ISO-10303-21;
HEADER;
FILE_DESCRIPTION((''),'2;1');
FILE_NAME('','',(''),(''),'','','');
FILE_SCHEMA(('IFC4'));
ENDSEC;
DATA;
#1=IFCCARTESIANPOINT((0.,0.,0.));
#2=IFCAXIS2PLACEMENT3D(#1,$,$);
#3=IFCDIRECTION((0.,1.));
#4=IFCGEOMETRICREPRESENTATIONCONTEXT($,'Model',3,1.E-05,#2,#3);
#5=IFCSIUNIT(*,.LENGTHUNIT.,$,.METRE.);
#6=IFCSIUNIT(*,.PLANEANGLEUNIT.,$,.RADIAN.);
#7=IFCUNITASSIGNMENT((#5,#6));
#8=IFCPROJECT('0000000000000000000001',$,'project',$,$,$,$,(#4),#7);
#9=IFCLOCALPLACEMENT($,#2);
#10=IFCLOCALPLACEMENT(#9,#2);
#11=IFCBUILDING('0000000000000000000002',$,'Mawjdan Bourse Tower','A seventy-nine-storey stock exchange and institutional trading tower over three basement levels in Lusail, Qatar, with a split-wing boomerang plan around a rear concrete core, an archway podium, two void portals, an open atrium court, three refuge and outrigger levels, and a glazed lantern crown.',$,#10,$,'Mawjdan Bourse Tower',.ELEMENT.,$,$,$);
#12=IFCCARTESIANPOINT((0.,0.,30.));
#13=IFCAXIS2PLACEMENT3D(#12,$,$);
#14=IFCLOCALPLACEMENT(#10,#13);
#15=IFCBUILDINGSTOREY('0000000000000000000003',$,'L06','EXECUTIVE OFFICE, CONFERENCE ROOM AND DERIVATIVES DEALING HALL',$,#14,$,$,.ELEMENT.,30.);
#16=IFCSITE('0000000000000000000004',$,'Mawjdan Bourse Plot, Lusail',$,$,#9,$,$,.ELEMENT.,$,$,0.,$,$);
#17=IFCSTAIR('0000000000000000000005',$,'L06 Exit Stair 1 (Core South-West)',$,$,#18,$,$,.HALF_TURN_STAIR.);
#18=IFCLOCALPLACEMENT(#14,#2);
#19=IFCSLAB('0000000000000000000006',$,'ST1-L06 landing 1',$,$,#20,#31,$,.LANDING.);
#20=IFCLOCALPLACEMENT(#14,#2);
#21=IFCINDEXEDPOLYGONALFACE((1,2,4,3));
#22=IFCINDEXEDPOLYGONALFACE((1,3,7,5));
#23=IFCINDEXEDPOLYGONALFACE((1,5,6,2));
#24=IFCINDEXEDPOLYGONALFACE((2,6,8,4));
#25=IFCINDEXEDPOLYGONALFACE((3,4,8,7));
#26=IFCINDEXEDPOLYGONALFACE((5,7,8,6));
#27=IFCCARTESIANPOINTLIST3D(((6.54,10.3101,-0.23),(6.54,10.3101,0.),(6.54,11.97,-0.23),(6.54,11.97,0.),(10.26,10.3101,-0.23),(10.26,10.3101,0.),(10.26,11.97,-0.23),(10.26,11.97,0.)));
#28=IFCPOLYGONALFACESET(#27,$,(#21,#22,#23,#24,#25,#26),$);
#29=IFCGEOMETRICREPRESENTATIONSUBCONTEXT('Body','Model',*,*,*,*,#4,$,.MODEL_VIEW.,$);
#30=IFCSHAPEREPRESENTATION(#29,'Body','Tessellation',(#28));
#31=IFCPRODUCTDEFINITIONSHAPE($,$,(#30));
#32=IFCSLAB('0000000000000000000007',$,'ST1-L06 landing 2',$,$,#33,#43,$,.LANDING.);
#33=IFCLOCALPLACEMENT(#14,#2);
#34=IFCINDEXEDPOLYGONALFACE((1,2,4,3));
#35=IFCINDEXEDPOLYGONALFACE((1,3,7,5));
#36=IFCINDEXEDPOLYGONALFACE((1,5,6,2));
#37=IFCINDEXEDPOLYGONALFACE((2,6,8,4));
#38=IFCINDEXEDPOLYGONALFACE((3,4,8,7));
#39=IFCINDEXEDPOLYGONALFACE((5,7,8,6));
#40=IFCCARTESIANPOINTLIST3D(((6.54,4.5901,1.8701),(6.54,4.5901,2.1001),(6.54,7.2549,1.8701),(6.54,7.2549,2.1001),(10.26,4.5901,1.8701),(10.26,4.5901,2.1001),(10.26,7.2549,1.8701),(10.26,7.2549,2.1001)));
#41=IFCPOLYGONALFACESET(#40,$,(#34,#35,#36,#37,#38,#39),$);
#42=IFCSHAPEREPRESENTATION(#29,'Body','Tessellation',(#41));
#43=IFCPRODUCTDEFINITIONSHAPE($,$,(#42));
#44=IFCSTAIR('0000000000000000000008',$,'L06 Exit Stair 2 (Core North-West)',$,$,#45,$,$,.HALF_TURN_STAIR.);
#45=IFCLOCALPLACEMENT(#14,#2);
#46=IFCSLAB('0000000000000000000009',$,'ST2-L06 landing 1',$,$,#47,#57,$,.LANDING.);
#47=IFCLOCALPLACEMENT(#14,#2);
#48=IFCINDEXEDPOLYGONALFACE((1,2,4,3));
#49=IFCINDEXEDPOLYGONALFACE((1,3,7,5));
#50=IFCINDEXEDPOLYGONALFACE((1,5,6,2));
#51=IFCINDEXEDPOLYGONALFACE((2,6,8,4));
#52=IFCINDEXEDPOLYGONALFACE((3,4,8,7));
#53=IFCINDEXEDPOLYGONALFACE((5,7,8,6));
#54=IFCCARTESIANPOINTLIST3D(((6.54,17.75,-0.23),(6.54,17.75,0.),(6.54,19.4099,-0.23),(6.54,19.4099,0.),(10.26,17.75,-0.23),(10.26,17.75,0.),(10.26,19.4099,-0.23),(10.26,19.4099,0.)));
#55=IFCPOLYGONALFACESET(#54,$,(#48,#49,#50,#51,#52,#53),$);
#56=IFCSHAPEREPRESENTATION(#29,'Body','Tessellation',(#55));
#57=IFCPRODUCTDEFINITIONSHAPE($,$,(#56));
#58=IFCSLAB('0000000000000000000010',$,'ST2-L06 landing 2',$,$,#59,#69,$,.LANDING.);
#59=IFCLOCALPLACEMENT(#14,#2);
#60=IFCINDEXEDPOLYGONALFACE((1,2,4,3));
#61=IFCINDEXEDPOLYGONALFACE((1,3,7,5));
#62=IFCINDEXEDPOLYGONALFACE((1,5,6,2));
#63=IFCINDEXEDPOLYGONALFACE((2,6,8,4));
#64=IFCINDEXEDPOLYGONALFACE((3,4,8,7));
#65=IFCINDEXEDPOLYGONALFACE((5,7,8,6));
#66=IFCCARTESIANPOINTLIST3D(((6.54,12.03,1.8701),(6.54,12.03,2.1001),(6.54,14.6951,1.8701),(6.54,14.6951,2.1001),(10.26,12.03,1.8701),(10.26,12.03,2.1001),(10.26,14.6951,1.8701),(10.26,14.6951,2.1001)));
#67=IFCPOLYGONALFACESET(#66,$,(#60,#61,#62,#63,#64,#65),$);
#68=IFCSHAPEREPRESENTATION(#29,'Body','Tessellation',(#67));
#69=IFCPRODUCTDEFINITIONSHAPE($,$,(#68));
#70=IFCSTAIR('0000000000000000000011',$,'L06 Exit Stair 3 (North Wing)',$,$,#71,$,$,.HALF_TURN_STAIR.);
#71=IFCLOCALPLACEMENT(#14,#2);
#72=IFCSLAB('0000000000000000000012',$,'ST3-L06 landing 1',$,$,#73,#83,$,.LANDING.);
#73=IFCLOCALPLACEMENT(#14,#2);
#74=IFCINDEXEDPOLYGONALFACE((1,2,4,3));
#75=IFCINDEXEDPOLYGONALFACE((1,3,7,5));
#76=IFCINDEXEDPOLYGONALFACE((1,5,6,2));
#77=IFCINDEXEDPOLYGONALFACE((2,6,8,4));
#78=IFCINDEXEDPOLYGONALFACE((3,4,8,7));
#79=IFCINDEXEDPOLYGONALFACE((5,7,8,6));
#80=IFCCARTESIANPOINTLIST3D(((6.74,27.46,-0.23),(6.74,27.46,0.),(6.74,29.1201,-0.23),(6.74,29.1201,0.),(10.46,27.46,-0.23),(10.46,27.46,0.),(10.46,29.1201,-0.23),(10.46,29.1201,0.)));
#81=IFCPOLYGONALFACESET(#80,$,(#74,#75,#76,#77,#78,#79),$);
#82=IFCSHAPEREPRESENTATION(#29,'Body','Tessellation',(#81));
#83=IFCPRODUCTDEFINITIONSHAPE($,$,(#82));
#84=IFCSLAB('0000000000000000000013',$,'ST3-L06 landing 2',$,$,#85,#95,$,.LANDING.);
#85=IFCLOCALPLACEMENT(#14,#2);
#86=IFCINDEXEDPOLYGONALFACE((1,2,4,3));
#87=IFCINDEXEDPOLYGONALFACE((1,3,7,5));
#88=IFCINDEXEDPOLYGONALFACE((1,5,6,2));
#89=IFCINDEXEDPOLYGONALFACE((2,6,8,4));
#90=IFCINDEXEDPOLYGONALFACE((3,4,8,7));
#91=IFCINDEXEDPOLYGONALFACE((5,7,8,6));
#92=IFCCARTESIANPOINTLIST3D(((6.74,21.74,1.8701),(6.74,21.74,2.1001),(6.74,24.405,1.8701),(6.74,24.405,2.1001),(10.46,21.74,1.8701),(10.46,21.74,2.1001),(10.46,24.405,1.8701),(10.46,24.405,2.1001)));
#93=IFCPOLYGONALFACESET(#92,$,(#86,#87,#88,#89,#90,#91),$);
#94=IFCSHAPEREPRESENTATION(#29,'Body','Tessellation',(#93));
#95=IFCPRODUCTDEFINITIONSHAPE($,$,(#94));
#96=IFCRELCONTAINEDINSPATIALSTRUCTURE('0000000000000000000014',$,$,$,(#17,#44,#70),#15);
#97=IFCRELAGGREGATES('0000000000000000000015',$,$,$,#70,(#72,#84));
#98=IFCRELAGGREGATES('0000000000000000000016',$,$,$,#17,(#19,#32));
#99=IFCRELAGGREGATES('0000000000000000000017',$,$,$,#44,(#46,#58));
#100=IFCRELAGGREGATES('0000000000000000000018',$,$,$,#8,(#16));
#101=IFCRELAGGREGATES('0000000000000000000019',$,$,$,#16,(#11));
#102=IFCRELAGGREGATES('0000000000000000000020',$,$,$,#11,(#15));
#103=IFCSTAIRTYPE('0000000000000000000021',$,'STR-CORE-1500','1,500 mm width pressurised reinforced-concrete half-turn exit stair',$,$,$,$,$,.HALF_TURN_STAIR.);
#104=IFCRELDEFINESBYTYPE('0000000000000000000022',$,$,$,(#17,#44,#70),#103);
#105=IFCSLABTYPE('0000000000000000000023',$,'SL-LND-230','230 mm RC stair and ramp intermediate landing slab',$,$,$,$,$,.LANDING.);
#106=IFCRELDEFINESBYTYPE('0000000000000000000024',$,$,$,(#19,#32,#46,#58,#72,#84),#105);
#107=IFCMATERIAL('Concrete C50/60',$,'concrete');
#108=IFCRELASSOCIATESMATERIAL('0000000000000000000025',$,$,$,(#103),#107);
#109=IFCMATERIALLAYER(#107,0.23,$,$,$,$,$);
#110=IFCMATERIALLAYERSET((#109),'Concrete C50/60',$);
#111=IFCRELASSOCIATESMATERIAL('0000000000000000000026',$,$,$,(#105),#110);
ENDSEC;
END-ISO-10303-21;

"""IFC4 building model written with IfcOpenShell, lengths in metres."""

from ifc_helpers import new_model, si_unit, direction, frame, origin, place, context, subcontext, project, spatial, polyline, outline, extrude, material, layer, layer_set, type_object, element, aggregate, save


model = new_model("IFC4")

# Units and contexts
model_context = context("Model", 3, precision=1e-05, world=origin(), true_north=direction((0.0, 1.0)))
body_context = subcontext(model_context, "Body", "Model", "MODEL_VIEW")
ifc_project = project(units=[si_unit("LENGTHUNIT", "METRE"), si_unit("PLANEANGLEUNIT", "RADIAN")], contexts=[model_context])

# Site, building, storey
site_placement = place(None, origin())
site = spatial("IfcSite", under=ifc_project, at=site_placement, Name="Mawjdan Bourse Plot, Lusail", CompositionType="ELEMENT", RefElevation=0.0)
building_placement = place(site_placement, origin())
building = spatial("IfcBuilding", under=site, at=building_placement, Name="Mawjdan Bourse Tower", Description="A seventy-nine-storey stock exchange and institutional trading tower over three basement levels in Lusail, Qatar, with a split-wing boomerang plan around a rear concrete core, an archway podium, two void portals, an open atrium court, three refuge and outrigger levels, and a glazed lantern crown.", LongName="Mawjdan Bourse Tower", CompositionType="ELEMENT")
storey_placement = place(building_placement, frame((0.0, 0.0, 30.0)))
storey = spatial("IfcBuildingStorey", under=building, at=storey_placement, Name="L06", Description="EXECUTIVE OFFICE, CONFERENCE ROOM AND DERIVATIVES DEALING HALL", CompositionType="ELEMENT", Elevation=30.0)

# Stairs, slabs
ifc_material_1 = material(Name="Concrete C50/60", Category="concrete")
stair_type = type_object("IfcStairType", Name="STR-CORE-1500", Description="1,500 mm width pressurised reinforced-concrete half-turn exit stair", PredefinedType="HALF_TURN_STAIR", material=ifc_material_1)
stair_1_placement = place(storey_placement, origin())
stair_1 = element("IfcStair", 1, at=stair_1_placement, inside=storey, type_object=stair_type, Name="L06 Exit Stair 1 (Core South-West)", PredefinedType="HALF_TURN_STAIR")
ifc_layer_1 = layer(ifc_material_1, 0.23)
ifc_layer_set_1 = layer_set([ifc_layer_1], Name="Concrete C50/60")
slab_type_1 = type_object("IfcSlabType", Name="SL-LND-230", Description="230 mm RC stair and ramp intermediate landing slab", PredefinedType="LANDING", material=ifc_layer_set_1)
slab_1_placement = place(storey_placement, frame((0.0, 0.0, -0.23)))
slab_1 = element("IfcSlab", 2, at=slab_1_placement, type_object=slab_type_1, Name="ST1-L06 landing 1", PredefinedType="LANDING", context=body_context, shape_type="SweptSolid", body=[
    extrude(outline(polyline([(6.54, 10.3101), (10.26, 10.3101), (10.26, 11.97), (6.54, 11.97), (6.54, 10.3101)])), origin(), (0.0, 0.0, 1.0), 0.23),
])
slab_2_placement = place(storey_placement, frame((0.0, 0.0, 1.8701)))
slab_2 = element("IfcSlab", 3, at=slab_2_placement, type_object=slab_type_1, Name="ST1-L06 landing 2", PredefinedType="LANDING", context=body_context, shape_type="SweptSolid", body=[
    extrude(outline(polyline([(6.54, 4.5901), (10.26, 4.5901), (10.26, 7.2549), (6.54, 7.2549), (6.54, 4.5901)])), origin(), (0.0, 0.0, 1.0), 0.23),
])
stair_2_placement = place(storey_placement, origin())
stair_2 = element("IfcStair", 4, at=stair_2_placement, inside=storey, type_object=stair_type, Name="L06 Exit Stair 2 (Core North-West)", PredefinedType="HALF_TURN_STAIR")
slab_3_placement = place(storey_placement, frame((0.0, 0.0, -0.23)))
slab_3 = element("IfcSlab", 5, at=slab_3_placement, type_object=slab_type_1, Name="ST2-L06 landing 1", PredefinedType="LANDING", context=body_context, shape_type="SweptSolid", body=[
    extrude(outline(polyline([(6.54, 17.75), (10.26, 17.75), (10.26, 19.4099), (6.54, 19.4099), (6.54, 17.75)])), origin(), (0.0, 0.0, 1.0), 0.23),
])
slab_4_placement = place(storey_placement, frame((0.0, 0.0, 1.8701)))
slab_4 = element("IfcSlab", 6, at=slab_4_placement, type_object=slab_type_1, Name="ST2-L06 landing 2", PredefinedType="LANDING", context=body_context, shape_type="SweptSolid", body=[
    extrude(outline(polyline([(6.54, 12.03), (10.26, 12.03), (10.26, 14.6951), (6.54, 14.6951), (6.54, 12.03)])), origin(), (0.0, 0.0, 1.0), 0.23),
])
stair_3_placement = place(storey_placement, origin())
stair_3 = element("IfcStair", 7, at=stair_3_placement, inside=storey, type_object=stair_type, Name="L06 Exit Stair 3 (North Wing)", PredefinedType="HALF_TURN_STAIR")
slab_5_placement = place(storey_placement, frame((0.0, 0.0, -0.23)))
slab_5 = element("IfcSlab", 8, at=slab_5_placement, type_object=slab_type_1, Name="ST3-L06 landing 1", PredefinedType="LANDING", context=body_context, shape_type="SweptSolid", body=[
    extrude(outline(polyline([(6.74, 27.46), (10.46, 27.46), (10.46, 29.1201), (6.74, 29.1201), (6.74, 27.46)])), origin(), (0.0, 0.0, 1.0), 0.23),
])
slab_6_placement = place(storey_placement, frame((0.0, 0.0, 1.8701)))
slab_6 = element("IfcSlab", 9, at=slab_6_placement, type_object=slab_type_1, Name="ST3-L06 landing 2", PredefinedType="LANDING", context=body_context, shape_type="SweptSolid", body=[
    extrude(outline(polyline([(6.74, 21.74), (10.46, 21.74), (10.46, 24.405), (6.74, 24.405), (6.74, 21.74)])), origin(), (0.0, 0.0, 1.0), 0.23),
])
aggregate(stair_3, [slab_5, slab_6])

aggregate(stair_1, [slab_1, slab_2])
aggregate(stair_2, [slab_3, slab_4])

save(model, "model.ifc")
